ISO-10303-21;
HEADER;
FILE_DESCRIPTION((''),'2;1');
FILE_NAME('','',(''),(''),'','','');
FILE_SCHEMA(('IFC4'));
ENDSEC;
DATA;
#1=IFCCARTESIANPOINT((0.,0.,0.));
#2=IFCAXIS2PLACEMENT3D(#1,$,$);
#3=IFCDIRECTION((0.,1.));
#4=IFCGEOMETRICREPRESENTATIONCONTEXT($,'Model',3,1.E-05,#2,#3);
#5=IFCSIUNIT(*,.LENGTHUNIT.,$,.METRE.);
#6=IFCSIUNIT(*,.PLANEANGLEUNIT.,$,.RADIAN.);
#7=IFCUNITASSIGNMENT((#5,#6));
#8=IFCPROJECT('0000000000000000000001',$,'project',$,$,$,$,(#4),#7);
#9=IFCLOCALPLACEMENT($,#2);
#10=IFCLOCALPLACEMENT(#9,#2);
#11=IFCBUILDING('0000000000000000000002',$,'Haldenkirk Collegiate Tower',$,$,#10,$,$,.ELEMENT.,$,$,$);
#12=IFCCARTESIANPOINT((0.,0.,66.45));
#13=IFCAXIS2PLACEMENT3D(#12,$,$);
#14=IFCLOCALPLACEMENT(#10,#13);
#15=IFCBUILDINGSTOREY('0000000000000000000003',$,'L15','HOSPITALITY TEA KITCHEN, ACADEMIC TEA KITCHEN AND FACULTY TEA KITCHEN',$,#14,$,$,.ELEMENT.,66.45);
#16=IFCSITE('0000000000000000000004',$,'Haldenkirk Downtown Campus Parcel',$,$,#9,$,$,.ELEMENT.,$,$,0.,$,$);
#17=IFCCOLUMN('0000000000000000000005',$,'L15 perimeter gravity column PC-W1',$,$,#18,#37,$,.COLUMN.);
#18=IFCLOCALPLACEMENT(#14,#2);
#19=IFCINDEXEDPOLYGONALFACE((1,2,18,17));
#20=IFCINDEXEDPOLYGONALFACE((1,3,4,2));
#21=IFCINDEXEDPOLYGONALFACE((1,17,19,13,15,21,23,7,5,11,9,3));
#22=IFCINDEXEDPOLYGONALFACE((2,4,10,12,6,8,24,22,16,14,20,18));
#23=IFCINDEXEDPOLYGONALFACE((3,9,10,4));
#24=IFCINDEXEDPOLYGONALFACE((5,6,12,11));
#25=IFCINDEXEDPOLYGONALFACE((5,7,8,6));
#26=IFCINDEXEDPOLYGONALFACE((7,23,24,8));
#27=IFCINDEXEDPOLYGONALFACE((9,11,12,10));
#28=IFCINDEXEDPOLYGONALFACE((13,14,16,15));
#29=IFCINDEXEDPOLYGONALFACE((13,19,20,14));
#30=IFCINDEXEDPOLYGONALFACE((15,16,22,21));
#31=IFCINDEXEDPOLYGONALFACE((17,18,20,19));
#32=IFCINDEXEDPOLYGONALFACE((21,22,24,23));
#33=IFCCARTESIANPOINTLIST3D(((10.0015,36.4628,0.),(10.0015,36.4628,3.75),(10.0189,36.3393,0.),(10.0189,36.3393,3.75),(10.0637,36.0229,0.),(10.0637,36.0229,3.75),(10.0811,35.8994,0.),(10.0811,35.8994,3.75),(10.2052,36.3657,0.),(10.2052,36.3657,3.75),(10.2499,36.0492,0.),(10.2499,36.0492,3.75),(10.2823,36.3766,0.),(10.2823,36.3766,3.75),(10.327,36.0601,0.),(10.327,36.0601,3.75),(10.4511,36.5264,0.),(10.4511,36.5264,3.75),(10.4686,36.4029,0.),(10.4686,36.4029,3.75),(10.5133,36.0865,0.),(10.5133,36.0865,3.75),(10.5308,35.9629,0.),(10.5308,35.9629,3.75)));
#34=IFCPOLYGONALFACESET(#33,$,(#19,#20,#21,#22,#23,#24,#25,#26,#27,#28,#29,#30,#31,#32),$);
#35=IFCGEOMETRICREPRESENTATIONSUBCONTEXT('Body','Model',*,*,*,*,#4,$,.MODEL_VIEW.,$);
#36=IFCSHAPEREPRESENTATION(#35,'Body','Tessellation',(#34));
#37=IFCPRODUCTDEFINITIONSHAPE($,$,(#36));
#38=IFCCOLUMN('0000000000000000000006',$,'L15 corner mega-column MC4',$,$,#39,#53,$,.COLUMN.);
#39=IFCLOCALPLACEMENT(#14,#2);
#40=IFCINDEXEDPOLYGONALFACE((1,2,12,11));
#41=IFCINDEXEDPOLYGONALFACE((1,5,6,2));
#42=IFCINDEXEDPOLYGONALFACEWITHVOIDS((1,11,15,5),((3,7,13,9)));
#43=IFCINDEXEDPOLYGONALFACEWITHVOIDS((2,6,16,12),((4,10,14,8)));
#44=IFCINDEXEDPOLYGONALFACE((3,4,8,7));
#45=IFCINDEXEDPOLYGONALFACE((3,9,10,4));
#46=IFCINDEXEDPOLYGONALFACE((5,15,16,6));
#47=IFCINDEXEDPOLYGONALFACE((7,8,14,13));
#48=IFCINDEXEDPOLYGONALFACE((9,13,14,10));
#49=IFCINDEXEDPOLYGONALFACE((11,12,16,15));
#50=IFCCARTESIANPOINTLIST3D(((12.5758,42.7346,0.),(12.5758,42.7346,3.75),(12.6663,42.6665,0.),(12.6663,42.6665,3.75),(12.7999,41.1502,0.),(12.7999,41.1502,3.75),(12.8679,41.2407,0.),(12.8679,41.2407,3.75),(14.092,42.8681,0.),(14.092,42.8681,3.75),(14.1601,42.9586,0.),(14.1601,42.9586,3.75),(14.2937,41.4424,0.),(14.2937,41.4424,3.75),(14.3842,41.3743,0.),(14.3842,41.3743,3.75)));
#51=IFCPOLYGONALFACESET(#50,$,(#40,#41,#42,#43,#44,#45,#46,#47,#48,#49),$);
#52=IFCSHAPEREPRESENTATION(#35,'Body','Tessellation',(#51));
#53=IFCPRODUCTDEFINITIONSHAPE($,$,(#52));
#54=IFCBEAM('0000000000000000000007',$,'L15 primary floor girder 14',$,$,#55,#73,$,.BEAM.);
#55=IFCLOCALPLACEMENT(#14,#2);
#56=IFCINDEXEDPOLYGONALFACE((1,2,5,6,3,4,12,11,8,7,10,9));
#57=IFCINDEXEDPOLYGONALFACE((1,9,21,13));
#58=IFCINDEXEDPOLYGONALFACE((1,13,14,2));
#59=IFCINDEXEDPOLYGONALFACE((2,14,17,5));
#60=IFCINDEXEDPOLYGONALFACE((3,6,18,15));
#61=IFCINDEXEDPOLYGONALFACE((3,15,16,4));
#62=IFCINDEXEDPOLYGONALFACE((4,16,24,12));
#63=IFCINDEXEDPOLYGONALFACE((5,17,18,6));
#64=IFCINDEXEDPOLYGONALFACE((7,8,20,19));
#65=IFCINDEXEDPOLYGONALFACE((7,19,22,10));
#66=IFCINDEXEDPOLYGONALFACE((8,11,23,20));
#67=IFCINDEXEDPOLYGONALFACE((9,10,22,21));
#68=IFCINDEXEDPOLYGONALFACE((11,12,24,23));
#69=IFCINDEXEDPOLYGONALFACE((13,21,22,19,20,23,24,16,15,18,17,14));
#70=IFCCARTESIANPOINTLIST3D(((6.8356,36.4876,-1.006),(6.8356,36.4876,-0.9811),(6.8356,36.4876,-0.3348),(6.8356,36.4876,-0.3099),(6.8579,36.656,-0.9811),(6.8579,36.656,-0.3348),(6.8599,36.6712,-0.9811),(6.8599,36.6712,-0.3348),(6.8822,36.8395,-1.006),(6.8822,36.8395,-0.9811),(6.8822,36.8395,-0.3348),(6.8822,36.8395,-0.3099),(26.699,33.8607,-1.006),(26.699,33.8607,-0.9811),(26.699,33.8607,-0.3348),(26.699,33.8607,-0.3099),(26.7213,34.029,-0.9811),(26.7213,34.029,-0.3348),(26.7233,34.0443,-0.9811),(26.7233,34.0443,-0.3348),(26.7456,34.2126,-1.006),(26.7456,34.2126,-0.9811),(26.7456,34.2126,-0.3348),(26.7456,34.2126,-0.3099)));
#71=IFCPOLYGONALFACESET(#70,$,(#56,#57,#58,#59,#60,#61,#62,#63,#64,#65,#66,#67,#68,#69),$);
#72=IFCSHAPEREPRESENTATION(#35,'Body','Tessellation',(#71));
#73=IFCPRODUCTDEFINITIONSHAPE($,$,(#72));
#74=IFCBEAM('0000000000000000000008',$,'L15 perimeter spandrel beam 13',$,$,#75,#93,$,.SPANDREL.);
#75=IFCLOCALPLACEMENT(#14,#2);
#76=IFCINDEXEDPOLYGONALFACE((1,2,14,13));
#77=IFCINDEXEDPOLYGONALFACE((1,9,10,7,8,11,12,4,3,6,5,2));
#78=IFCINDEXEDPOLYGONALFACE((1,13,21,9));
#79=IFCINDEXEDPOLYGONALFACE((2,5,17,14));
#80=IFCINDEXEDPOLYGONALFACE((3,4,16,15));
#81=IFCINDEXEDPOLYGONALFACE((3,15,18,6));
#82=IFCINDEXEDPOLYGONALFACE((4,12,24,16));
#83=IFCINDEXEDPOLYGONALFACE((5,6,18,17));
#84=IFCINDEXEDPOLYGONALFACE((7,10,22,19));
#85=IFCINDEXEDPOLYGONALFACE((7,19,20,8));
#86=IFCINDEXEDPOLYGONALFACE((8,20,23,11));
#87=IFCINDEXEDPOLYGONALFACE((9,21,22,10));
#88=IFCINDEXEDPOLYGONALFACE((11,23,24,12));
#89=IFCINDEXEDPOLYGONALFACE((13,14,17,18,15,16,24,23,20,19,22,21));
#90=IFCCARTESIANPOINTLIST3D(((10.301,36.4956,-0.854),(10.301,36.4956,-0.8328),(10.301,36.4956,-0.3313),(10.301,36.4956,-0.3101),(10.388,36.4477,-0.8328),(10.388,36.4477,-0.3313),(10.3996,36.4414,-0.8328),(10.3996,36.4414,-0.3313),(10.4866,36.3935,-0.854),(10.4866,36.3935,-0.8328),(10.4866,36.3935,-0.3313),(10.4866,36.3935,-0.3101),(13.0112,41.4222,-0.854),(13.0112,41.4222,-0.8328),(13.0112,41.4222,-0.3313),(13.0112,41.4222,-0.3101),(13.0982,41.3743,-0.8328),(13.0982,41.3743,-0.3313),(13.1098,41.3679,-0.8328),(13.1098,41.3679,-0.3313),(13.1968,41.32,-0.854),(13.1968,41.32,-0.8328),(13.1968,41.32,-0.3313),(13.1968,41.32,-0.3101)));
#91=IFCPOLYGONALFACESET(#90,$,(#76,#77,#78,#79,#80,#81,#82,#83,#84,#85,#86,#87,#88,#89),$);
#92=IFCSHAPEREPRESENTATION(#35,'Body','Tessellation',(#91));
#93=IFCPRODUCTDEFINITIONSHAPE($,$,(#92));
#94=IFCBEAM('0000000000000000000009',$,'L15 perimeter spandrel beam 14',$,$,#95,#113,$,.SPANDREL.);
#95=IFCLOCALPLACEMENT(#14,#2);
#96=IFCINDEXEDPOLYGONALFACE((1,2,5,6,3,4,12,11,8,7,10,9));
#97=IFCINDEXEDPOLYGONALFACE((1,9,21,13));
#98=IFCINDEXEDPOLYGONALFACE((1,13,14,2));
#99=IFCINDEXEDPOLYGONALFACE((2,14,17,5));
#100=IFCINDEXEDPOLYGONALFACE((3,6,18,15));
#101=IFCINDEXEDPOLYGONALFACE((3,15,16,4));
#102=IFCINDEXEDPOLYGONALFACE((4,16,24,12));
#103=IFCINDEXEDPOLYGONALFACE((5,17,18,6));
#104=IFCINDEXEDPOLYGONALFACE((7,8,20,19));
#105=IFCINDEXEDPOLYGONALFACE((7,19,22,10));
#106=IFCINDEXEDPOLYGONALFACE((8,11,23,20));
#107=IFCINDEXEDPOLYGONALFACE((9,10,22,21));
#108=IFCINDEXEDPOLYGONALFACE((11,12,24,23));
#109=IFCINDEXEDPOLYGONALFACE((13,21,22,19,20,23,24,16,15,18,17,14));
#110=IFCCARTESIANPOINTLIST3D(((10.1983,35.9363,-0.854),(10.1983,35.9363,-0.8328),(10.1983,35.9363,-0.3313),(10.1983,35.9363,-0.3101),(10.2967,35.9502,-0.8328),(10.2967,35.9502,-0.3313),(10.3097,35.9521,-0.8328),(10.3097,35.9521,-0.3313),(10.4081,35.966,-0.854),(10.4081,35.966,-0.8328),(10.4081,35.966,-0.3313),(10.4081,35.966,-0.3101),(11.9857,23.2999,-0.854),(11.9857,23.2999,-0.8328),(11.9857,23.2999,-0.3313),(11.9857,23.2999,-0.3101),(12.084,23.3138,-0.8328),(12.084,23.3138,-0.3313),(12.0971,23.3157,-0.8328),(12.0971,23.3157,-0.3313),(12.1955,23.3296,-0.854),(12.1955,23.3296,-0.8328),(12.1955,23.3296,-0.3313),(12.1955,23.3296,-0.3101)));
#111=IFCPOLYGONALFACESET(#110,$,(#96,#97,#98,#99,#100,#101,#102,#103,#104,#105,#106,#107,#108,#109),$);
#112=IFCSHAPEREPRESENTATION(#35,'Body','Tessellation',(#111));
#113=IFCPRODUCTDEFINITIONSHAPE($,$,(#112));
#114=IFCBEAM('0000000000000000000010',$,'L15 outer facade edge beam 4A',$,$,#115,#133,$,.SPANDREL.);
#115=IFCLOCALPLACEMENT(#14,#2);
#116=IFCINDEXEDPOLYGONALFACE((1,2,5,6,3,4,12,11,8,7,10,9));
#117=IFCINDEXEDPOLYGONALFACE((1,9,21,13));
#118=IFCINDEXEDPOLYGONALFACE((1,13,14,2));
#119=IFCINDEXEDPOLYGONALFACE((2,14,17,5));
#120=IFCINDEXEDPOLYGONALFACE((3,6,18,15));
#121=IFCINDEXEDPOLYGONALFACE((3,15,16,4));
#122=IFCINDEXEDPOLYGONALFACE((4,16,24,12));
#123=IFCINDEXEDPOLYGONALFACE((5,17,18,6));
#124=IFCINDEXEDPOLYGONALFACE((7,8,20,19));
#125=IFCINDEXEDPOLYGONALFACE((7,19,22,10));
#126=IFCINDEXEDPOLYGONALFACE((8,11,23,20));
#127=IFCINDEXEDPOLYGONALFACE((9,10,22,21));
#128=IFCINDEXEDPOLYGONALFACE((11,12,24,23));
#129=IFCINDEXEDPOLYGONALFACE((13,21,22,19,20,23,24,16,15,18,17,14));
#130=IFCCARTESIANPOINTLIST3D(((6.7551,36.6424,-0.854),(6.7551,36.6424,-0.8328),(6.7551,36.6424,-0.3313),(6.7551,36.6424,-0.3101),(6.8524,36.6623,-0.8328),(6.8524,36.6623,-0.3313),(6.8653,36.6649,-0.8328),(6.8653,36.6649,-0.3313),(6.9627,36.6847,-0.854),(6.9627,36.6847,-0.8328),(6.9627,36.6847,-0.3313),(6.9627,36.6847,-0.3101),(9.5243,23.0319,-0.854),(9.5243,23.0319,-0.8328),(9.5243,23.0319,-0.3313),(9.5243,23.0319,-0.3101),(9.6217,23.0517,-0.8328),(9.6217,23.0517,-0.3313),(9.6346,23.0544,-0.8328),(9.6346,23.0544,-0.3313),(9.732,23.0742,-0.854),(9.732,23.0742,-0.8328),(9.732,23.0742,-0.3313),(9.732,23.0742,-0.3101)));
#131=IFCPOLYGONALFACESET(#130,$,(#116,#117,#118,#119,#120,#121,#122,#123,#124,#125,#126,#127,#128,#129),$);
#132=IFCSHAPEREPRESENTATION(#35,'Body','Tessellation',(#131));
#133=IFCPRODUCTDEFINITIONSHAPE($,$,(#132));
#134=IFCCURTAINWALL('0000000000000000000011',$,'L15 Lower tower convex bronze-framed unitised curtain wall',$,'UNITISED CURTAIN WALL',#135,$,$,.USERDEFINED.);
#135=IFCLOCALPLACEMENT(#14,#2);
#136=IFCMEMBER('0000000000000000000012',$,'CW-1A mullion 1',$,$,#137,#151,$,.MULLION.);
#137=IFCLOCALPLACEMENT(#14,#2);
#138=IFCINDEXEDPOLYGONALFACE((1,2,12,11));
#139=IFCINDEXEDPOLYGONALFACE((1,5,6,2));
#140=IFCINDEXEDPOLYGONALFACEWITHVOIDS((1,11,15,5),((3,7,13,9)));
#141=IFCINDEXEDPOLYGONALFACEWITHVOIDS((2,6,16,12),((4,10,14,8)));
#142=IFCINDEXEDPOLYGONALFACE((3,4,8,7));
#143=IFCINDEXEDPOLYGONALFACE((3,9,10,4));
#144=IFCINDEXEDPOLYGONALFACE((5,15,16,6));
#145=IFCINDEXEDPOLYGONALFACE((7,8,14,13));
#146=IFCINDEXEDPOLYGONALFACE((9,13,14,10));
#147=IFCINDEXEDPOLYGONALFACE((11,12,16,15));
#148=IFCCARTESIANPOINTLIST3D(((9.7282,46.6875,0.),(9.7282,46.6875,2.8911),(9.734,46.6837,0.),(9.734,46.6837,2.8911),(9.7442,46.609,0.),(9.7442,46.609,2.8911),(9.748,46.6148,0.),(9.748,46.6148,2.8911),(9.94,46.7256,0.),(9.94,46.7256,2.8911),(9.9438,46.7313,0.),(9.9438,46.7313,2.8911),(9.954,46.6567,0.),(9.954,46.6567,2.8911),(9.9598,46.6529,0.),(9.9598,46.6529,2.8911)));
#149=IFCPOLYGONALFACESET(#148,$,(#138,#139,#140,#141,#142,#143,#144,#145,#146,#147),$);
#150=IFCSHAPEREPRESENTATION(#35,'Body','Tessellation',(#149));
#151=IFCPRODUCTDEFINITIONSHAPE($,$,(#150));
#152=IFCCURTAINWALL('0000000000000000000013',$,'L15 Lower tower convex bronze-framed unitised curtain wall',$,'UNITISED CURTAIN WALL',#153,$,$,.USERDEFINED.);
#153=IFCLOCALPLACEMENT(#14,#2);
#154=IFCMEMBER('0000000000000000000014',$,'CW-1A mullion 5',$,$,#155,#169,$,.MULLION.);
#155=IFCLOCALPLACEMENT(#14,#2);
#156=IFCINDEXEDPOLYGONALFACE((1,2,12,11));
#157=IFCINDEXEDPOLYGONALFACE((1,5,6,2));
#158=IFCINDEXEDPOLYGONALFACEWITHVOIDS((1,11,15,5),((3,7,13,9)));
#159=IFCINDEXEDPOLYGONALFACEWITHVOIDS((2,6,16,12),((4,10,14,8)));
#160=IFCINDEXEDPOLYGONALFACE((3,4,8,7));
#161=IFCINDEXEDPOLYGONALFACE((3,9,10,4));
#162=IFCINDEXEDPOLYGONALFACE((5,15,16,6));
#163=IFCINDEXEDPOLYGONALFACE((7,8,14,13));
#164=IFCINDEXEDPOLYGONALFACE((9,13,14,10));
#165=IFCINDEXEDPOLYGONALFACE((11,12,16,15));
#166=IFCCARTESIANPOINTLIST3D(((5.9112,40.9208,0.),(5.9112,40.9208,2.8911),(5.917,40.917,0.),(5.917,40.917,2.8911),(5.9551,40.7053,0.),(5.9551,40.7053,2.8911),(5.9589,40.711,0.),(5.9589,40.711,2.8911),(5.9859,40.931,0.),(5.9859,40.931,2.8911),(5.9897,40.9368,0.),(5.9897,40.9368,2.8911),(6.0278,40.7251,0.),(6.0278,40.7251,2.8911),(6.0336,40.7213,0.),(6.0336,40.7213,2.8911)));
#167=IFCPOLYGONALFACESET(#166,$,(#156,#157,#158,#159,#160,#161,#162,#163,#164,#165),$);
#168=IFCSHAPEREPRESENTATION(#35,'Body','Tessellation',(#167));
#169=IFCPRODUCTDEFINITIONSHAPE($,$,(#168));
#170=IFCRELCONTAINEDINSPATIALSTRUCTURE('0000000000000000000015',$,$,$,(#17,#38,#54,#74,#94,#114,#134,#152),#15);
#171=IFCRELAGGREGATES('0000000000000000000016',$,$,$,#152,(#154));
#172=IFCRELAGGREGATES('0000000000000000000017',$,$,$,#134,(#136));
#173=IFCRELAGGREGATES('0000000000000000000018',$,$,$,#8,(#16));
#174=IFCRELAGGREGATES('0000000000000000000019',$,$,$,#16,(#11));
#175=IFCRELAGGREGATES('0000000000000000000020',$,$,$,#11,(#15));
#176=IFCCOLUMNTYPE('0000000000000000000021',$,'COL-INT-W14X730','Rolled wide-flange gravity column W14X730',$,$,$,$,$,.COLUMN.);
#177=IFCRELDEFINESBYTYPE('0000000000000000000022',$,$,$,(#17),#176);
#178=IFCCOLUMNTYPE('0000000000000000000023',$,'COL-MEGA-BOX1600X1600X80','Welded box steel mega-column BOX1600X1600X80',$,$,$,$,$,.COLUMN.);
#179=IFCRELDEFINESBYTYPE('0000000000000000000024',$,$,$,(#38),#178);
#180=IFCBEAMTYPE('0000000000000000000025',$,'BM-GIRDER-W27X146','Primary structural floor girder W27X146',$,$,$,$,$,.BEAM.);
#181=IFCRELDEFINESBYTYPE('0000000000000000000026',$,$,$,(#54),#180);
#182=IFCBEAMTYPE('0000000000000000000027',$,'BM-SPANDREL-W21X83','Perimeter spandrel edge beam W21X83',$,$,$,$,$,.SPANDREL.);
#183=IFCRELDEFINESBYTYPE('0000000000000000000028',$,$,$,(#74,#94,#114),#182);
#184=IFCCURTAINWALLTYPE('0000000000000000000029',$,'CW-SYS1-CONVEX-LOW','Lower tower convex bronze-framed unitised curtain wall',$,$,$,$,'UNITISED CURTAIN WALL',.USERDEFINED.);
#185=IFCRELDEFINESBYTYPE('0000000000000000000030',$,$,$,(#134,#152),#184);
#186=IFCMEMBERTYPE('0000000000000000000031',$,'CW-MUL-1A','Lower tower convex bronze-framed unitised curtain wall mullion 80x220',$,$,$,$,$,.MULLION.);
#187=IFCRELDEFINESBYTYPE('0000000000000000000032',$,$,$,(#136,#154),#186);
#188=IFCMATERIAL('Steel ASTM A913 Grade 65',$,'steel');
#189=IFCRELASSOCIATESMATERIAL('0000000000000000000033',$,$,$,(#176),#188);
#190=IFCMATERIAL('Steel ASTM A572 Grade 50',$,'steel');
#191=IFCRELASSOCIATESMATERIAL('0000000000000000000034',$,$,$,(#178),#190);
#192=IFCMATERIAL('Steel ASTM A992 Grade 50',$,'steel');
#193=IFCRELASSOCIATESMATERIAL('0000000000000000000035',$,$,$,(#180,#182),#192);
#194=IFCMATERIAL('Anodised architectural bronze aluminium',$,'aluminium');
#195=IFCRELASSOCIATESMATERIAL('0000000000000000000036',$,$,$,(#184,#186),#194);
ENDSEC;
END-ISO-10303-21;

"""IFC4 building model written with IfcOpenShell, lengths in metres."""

from ifc_helpers import new_model, si_unit, direction, frame, origin, origin_2d, place, context, subcontext, project, spatial, hollow_rectangle, i_section, extrude, material, material_profile, profile_set, type_object, element, aggregate, save


model = new_model("IFC4")

# Units and contexts
model_context = context("Model", 3, precision=1e-05, world=origin(), true_north=direction((0.0, 1.0)))
body_context = subcontext(model_context, "Body", "Model", "MODEL_VIEW")
ifc_project = project(units=[si_unit("LENGTHUNIT", "METRE"), si_unit("PLANEANGLEUNIT", "RADIAN")], contexts=[model_context])

# Site, building, storey
site_placement = place(None, origin())
site = spatial("IfcSite", under=ifc_project, at=site_placement, Name="Haldenkirk Downtown Campus Parcel", CompositionType="ELEMENT", RefElevation=0.0)
building_placement = place(site_placement, origin())
building = spatial("IfcBuilding", under=site, at=building_placement, Name="Haldenkirk Collegiate Tower", CompositionType="ELEMENT")
storey_placement = place(building_placement, frame((0.0, 0.0, 66.45)))
storey = spatial("IfcBuildingStorey", under=building, at=storey_placement, Name="L15", Description="HOSPITALITY TEA KITCHEN, ACADEMIC TEA KITCHEN AND FACULTY TEA KITCHEN", CompositionType="ELEMENT", Elevation=66.45)

# Columns
ifc_material_1 = material(Name="Steel ASTM A913 Grade 65", Category="steel")
ifc_material_profile_1 = material_profile(ifc_material_1, i_section(OverallWidth=0.4541, OverallDepth=0.5691, WebThickness=0.0779, FlangeThickness=0.1248, at=origin_2d()), Name="W14X730")
ifc_profile_set_1 = profile_set([ifc_material_profile_1], Name="Steel ASTM A913 Grade 65")
column_type_1 = type_object("IfcColumnType", Name="COL-INT-W14X730", Description="Rolled wide-flange gravity column W14X730", PredefinedType="COLUMN", material=ifc_profile_set_1)
column_1_placement = place(storey_placement, frame((10.2661, 36.2129, 0.0), z_axis=(0.0, 0.0, 1.0), x_axis=(0.990146, 0.140037, 0.0)))
element("IfcColumn", 1, at=column_1_placement, inside=storey, type_object=column_type_1, Name="L15 perimeter gravity column PC-W1", PredefinedType="COLUMN", context=body_context, shape_type="SweptSolid", body=[
    extrude(i_section(OverallWidth=0.4541, OverallDepth=0.5691, WebThickness=0.0779, FlangeThickness=0.1248, at=origin_2d()), origin(), (0.0, 0.0, 1.0), 3.75),
])
ifc_material_2 = material(Name="Steel ASTM A572 Grade 50", Category="steel")
ifc_material_profile_2 = material_profile(ifc_material_2, hollow_rectangle(XDim=1.6001, YDim=1.6001, WallThickness=0.0801, at=origin_2d()), Name="BOX1600X1600X80")
ifc_profile_set_2 = profile_set([ifc_material_profile_2], Name="Steel ASTM A572 Grade 50")
column_type_2 = type_object("IfcColumnType", Name="COL-MEGA-BOX1600X1600X80", Description="Welded box steel mega-column BOX1600X1600X80", PredefinedType="COLUMN", material=ifc_profile_set_2)
column_2_placement = place(storey_placement, frame((13.48, 42.0544, 0.0), z_axis=(0.0, 0.0, 1.0), x_axis=(0.990146, 0.140037, 0.0)))
element("IfcColumn", 2, at=column_2_placement, inside=storey, type_object=column_type_2, Name="L15 corner mega-column MC4", PredefinedType="COLUMN", context=body_context, shape_type="SweptSolid", body=[
    extrude(hollow_rectangle(XDim=1.6001, YDim=1.6001, WallThickness=0.0801, at=origin_2d()), origin(), (0.0, 0.0, 1.0), 3.75),
])

# Beams
ifc_material_3 = material(Name="Steel ASTM A992 Grade 50", Category="steel")
ifc_material_profile_3 = material_profile(ifc_material_3, i_section(OverallWidth=0.355, OverallDepth=0.696, WebThickness=0.0154, FlangeThickness=0.0249, at=origin_2d()), Name="W27X146")
ifc_profile_set_3 = profile_set([ifc_material_profile_3], Name="Steel ASTM A992 Grade 50")
beam_type_1 = type_object("IfcBeamType", Name="BM-GIRDER-W27X146", Description="Primary structural floor girder W27X146", PredefinedType="BEAM", material=ifc_profile_set_3)
beam_1_placement = place(storey_placement, frame((6.8589, 36.6636, -0.658), z_axis=(0.991368, -0.131109, 0.0), x_axis=(0.131109, 0.991368, 0.0)))
element("IfcBeam", 3, at=beam_1_placement, inside=storey, type_object=beam_type_1, Name="L15 primary floor girder 14", PredefinedType="BEAM", context=body_context, shape_type="SweptSolid", body=[
    extrude(i_section(OverallWidth=0.355, OverallDepth=0.696, WebThickness=0.0154, FlangeThickness=0.0249, at=origin_2d()), origin(), (0.0, 0.0, 1.0), 20.0364),
])
ifc_material_profile_4 = material_profile(ifc_material_3, i_section(OverallWidth=0.2119, OverallDepth=0.5439, WebThickness=0.0132, FlangeThickness=0.0212, at=origin_2d()), Name="W21X83")
ifc_profile_set_4 = profile_set([ifc_material_profile_4], Name="Steel ASTM A992 Grade 50")
beam_type_2 = type_object("IfcBeamType", Name="BM-SPANDREL-W21X83", Description="Perimeter spandrel edge beam W21X83", PredefinedType="SPANDREL", material=ifc_profile_set_4)
beam_2_placement = place(storey_placement, frame((13.104, 41.3711, -0.582), z_axis=(-0.482004, -0.876169, 0.0), x_axis=(0.876169, -0.482004, 0.0)))
element("IfcBeam", 4, at=beam_2_placement, inside=storey, type_object=beam_type_2, Name="L15 perimeter spandrel beam 13", PredefinedType="SPANDREL", context=body_context, shape_type="SweptSolid", body=[
    extrude(i_section(OverallWidth=0.2119, OverallDepth=0.5439, WebThickness=0.0132, FlangeThickness=0.0212, at=origin_2d()), origin(), (0.0, 0.0, 1.0), 5.6228),
])
beam_3_placement = place(storey_placement, frame((10.3032, 35.9512, -0.582), z_axis=(0.14005, -0.990144, 0.0), x_axis=(0.990144, 0.14005, 0.0)))
element("IfcBeam", 5, at=beam_3_placement, inside=storey, type_object=beam_type_2, Name="L15 perimeter spandrel beam 14", PredefinedType="SPANDREL", context=body_context, shape_type="SweptSolid", body=[
    extrude(i_section(OverallWidth=0.2119, OverallDepth=0.5439, WebThickness=0.0132, FlangeThickness=0.0212, at=origin_2d()), origin(), (0.0, 0.0, 1.0), 12.7622),
])
beam_4_placement = place(storey_placement, frame((6.8589, 36.6636, -0.582), z_axis=(0.19938, -0.979922, 0.0), x_axis=(0.979922, 0.19938, 0.0)))
element("IfcBeam", 6, at=beam_4_placement, inside=storey, type_object=beam_type_2, Name="L15 outer facade edge beam 4A", PredefinedType="SPANDREL", context=body_context, shape_type="SweptSolid", body=[
    extrude(i_section(OverallWidth=0.2119, OverallDepth=0.5439, WebThickness=0.0132, FlangeThickness=0.0212, at=origin_2d()), origin(), (0.0, 0.0, 1.0), 13.8894),
])

# Curtain walls, members
ifc_material_4 = material(Name="Anodised architectural bronze aluminium", Category="aluminium")
curtain_wall_type = type_object("IfcCurtainWallType", Name="CW-SYS1-CONVEX-LOW", Description="Lower tower convex bronze-framed unitised curtain wall", ElementType="UNITISED CURTAIN WALL", PredefinedType="USERDEFINED", material=ifc_material_4)
curtain_wall_1_placement = place(storey_placement, origin())
curtain_wall_1 = element("IfcCurtainWall", 7, at=curtain_wall_1_placement, inside=storey, type_object=curtain_wall_type, Name="L15 Lower tower convex bronze-framed unitised curtain wall", ObjectType="UNITISED CURTAIN WALL", PredefinedType="USERDEFINED")
ifc_material_profile_5 = material_profile(ifc_material_4, hollow_rectangle(XDim=0.0801, YDim=0.22, WallThickness=0.0049, at=origin_2d()), Name="CW-MUL-1A")
ifc_profile_set_5 = profile_set([ifc_material_profile_5], Name="Anodised architectural bronze aluminium")
member_type_1 = type_object("IfcMemberType", Name="CW-MUL-1A", Description="Lower tower convex bronze-framed unitised curtain wall mullion 80x220", PredefinedType="MULLION", material=ifc_profile_set_5)
member_1_placement = place(storey_placement, frame((9.844, 46.6702, 0.0), z_axis=(0.0, 0.0, 1.0), x_axis=(-0.199369, 0.979925, 0.0)))
member_1 = element("IfcMember", 8, at=member_1_placement, type_object=member_type_1, Name="CW-1A mullion 1", PredefinedType="MULLION", context=body_context, shape_type="SweptSolid", body=[
    extrude(hollow_rectangle(XDim=0.0801, YDim=0.22, WallThickness=0.0049, at=origin_2d()), origin(), (0.0, 0.0, 1.0), 2.8911),
])
curtain_wall_2_placement = place(storey_placement, origin())
curtain_wall_2 = element("IfcCurtainWall", 9, at=curtain_wall_2_placement, inside=storey, type_object=curtain_wall_type, Name="L15 Lower tower convex bronze-framed unitised curtain wall", ObjectType="UNITISED CURTAIN WALL", PredefinedType="USERDEFINED")
member_2_placement = place(storey_placement, frame((5.9724, 40.821, 0.0), z_axis=(0.0, 0.0, 1.0), x_axis=(-0.979924, -0.199369, 0.0)))
member_2 = element("IfcMember", 10, at=member_2_placement, type_object=member_type_1, Name="CW-1A mullion 5", PredefinedType="MULLION", context=body_context, shape_type="SweptSolid", body=[
    extrude(hollow_rectangle(XDim=0.0801, YDim=0.22, WallThickness=0.0049, at=origin_2d()), origin(), (0.0, 0.0, 1.0), 2.8911),
])
aggregate(curtain_wall_2, [member_2])

aggregate(curtain_wall_1, [member_1])

save(model, "model.ifc")
